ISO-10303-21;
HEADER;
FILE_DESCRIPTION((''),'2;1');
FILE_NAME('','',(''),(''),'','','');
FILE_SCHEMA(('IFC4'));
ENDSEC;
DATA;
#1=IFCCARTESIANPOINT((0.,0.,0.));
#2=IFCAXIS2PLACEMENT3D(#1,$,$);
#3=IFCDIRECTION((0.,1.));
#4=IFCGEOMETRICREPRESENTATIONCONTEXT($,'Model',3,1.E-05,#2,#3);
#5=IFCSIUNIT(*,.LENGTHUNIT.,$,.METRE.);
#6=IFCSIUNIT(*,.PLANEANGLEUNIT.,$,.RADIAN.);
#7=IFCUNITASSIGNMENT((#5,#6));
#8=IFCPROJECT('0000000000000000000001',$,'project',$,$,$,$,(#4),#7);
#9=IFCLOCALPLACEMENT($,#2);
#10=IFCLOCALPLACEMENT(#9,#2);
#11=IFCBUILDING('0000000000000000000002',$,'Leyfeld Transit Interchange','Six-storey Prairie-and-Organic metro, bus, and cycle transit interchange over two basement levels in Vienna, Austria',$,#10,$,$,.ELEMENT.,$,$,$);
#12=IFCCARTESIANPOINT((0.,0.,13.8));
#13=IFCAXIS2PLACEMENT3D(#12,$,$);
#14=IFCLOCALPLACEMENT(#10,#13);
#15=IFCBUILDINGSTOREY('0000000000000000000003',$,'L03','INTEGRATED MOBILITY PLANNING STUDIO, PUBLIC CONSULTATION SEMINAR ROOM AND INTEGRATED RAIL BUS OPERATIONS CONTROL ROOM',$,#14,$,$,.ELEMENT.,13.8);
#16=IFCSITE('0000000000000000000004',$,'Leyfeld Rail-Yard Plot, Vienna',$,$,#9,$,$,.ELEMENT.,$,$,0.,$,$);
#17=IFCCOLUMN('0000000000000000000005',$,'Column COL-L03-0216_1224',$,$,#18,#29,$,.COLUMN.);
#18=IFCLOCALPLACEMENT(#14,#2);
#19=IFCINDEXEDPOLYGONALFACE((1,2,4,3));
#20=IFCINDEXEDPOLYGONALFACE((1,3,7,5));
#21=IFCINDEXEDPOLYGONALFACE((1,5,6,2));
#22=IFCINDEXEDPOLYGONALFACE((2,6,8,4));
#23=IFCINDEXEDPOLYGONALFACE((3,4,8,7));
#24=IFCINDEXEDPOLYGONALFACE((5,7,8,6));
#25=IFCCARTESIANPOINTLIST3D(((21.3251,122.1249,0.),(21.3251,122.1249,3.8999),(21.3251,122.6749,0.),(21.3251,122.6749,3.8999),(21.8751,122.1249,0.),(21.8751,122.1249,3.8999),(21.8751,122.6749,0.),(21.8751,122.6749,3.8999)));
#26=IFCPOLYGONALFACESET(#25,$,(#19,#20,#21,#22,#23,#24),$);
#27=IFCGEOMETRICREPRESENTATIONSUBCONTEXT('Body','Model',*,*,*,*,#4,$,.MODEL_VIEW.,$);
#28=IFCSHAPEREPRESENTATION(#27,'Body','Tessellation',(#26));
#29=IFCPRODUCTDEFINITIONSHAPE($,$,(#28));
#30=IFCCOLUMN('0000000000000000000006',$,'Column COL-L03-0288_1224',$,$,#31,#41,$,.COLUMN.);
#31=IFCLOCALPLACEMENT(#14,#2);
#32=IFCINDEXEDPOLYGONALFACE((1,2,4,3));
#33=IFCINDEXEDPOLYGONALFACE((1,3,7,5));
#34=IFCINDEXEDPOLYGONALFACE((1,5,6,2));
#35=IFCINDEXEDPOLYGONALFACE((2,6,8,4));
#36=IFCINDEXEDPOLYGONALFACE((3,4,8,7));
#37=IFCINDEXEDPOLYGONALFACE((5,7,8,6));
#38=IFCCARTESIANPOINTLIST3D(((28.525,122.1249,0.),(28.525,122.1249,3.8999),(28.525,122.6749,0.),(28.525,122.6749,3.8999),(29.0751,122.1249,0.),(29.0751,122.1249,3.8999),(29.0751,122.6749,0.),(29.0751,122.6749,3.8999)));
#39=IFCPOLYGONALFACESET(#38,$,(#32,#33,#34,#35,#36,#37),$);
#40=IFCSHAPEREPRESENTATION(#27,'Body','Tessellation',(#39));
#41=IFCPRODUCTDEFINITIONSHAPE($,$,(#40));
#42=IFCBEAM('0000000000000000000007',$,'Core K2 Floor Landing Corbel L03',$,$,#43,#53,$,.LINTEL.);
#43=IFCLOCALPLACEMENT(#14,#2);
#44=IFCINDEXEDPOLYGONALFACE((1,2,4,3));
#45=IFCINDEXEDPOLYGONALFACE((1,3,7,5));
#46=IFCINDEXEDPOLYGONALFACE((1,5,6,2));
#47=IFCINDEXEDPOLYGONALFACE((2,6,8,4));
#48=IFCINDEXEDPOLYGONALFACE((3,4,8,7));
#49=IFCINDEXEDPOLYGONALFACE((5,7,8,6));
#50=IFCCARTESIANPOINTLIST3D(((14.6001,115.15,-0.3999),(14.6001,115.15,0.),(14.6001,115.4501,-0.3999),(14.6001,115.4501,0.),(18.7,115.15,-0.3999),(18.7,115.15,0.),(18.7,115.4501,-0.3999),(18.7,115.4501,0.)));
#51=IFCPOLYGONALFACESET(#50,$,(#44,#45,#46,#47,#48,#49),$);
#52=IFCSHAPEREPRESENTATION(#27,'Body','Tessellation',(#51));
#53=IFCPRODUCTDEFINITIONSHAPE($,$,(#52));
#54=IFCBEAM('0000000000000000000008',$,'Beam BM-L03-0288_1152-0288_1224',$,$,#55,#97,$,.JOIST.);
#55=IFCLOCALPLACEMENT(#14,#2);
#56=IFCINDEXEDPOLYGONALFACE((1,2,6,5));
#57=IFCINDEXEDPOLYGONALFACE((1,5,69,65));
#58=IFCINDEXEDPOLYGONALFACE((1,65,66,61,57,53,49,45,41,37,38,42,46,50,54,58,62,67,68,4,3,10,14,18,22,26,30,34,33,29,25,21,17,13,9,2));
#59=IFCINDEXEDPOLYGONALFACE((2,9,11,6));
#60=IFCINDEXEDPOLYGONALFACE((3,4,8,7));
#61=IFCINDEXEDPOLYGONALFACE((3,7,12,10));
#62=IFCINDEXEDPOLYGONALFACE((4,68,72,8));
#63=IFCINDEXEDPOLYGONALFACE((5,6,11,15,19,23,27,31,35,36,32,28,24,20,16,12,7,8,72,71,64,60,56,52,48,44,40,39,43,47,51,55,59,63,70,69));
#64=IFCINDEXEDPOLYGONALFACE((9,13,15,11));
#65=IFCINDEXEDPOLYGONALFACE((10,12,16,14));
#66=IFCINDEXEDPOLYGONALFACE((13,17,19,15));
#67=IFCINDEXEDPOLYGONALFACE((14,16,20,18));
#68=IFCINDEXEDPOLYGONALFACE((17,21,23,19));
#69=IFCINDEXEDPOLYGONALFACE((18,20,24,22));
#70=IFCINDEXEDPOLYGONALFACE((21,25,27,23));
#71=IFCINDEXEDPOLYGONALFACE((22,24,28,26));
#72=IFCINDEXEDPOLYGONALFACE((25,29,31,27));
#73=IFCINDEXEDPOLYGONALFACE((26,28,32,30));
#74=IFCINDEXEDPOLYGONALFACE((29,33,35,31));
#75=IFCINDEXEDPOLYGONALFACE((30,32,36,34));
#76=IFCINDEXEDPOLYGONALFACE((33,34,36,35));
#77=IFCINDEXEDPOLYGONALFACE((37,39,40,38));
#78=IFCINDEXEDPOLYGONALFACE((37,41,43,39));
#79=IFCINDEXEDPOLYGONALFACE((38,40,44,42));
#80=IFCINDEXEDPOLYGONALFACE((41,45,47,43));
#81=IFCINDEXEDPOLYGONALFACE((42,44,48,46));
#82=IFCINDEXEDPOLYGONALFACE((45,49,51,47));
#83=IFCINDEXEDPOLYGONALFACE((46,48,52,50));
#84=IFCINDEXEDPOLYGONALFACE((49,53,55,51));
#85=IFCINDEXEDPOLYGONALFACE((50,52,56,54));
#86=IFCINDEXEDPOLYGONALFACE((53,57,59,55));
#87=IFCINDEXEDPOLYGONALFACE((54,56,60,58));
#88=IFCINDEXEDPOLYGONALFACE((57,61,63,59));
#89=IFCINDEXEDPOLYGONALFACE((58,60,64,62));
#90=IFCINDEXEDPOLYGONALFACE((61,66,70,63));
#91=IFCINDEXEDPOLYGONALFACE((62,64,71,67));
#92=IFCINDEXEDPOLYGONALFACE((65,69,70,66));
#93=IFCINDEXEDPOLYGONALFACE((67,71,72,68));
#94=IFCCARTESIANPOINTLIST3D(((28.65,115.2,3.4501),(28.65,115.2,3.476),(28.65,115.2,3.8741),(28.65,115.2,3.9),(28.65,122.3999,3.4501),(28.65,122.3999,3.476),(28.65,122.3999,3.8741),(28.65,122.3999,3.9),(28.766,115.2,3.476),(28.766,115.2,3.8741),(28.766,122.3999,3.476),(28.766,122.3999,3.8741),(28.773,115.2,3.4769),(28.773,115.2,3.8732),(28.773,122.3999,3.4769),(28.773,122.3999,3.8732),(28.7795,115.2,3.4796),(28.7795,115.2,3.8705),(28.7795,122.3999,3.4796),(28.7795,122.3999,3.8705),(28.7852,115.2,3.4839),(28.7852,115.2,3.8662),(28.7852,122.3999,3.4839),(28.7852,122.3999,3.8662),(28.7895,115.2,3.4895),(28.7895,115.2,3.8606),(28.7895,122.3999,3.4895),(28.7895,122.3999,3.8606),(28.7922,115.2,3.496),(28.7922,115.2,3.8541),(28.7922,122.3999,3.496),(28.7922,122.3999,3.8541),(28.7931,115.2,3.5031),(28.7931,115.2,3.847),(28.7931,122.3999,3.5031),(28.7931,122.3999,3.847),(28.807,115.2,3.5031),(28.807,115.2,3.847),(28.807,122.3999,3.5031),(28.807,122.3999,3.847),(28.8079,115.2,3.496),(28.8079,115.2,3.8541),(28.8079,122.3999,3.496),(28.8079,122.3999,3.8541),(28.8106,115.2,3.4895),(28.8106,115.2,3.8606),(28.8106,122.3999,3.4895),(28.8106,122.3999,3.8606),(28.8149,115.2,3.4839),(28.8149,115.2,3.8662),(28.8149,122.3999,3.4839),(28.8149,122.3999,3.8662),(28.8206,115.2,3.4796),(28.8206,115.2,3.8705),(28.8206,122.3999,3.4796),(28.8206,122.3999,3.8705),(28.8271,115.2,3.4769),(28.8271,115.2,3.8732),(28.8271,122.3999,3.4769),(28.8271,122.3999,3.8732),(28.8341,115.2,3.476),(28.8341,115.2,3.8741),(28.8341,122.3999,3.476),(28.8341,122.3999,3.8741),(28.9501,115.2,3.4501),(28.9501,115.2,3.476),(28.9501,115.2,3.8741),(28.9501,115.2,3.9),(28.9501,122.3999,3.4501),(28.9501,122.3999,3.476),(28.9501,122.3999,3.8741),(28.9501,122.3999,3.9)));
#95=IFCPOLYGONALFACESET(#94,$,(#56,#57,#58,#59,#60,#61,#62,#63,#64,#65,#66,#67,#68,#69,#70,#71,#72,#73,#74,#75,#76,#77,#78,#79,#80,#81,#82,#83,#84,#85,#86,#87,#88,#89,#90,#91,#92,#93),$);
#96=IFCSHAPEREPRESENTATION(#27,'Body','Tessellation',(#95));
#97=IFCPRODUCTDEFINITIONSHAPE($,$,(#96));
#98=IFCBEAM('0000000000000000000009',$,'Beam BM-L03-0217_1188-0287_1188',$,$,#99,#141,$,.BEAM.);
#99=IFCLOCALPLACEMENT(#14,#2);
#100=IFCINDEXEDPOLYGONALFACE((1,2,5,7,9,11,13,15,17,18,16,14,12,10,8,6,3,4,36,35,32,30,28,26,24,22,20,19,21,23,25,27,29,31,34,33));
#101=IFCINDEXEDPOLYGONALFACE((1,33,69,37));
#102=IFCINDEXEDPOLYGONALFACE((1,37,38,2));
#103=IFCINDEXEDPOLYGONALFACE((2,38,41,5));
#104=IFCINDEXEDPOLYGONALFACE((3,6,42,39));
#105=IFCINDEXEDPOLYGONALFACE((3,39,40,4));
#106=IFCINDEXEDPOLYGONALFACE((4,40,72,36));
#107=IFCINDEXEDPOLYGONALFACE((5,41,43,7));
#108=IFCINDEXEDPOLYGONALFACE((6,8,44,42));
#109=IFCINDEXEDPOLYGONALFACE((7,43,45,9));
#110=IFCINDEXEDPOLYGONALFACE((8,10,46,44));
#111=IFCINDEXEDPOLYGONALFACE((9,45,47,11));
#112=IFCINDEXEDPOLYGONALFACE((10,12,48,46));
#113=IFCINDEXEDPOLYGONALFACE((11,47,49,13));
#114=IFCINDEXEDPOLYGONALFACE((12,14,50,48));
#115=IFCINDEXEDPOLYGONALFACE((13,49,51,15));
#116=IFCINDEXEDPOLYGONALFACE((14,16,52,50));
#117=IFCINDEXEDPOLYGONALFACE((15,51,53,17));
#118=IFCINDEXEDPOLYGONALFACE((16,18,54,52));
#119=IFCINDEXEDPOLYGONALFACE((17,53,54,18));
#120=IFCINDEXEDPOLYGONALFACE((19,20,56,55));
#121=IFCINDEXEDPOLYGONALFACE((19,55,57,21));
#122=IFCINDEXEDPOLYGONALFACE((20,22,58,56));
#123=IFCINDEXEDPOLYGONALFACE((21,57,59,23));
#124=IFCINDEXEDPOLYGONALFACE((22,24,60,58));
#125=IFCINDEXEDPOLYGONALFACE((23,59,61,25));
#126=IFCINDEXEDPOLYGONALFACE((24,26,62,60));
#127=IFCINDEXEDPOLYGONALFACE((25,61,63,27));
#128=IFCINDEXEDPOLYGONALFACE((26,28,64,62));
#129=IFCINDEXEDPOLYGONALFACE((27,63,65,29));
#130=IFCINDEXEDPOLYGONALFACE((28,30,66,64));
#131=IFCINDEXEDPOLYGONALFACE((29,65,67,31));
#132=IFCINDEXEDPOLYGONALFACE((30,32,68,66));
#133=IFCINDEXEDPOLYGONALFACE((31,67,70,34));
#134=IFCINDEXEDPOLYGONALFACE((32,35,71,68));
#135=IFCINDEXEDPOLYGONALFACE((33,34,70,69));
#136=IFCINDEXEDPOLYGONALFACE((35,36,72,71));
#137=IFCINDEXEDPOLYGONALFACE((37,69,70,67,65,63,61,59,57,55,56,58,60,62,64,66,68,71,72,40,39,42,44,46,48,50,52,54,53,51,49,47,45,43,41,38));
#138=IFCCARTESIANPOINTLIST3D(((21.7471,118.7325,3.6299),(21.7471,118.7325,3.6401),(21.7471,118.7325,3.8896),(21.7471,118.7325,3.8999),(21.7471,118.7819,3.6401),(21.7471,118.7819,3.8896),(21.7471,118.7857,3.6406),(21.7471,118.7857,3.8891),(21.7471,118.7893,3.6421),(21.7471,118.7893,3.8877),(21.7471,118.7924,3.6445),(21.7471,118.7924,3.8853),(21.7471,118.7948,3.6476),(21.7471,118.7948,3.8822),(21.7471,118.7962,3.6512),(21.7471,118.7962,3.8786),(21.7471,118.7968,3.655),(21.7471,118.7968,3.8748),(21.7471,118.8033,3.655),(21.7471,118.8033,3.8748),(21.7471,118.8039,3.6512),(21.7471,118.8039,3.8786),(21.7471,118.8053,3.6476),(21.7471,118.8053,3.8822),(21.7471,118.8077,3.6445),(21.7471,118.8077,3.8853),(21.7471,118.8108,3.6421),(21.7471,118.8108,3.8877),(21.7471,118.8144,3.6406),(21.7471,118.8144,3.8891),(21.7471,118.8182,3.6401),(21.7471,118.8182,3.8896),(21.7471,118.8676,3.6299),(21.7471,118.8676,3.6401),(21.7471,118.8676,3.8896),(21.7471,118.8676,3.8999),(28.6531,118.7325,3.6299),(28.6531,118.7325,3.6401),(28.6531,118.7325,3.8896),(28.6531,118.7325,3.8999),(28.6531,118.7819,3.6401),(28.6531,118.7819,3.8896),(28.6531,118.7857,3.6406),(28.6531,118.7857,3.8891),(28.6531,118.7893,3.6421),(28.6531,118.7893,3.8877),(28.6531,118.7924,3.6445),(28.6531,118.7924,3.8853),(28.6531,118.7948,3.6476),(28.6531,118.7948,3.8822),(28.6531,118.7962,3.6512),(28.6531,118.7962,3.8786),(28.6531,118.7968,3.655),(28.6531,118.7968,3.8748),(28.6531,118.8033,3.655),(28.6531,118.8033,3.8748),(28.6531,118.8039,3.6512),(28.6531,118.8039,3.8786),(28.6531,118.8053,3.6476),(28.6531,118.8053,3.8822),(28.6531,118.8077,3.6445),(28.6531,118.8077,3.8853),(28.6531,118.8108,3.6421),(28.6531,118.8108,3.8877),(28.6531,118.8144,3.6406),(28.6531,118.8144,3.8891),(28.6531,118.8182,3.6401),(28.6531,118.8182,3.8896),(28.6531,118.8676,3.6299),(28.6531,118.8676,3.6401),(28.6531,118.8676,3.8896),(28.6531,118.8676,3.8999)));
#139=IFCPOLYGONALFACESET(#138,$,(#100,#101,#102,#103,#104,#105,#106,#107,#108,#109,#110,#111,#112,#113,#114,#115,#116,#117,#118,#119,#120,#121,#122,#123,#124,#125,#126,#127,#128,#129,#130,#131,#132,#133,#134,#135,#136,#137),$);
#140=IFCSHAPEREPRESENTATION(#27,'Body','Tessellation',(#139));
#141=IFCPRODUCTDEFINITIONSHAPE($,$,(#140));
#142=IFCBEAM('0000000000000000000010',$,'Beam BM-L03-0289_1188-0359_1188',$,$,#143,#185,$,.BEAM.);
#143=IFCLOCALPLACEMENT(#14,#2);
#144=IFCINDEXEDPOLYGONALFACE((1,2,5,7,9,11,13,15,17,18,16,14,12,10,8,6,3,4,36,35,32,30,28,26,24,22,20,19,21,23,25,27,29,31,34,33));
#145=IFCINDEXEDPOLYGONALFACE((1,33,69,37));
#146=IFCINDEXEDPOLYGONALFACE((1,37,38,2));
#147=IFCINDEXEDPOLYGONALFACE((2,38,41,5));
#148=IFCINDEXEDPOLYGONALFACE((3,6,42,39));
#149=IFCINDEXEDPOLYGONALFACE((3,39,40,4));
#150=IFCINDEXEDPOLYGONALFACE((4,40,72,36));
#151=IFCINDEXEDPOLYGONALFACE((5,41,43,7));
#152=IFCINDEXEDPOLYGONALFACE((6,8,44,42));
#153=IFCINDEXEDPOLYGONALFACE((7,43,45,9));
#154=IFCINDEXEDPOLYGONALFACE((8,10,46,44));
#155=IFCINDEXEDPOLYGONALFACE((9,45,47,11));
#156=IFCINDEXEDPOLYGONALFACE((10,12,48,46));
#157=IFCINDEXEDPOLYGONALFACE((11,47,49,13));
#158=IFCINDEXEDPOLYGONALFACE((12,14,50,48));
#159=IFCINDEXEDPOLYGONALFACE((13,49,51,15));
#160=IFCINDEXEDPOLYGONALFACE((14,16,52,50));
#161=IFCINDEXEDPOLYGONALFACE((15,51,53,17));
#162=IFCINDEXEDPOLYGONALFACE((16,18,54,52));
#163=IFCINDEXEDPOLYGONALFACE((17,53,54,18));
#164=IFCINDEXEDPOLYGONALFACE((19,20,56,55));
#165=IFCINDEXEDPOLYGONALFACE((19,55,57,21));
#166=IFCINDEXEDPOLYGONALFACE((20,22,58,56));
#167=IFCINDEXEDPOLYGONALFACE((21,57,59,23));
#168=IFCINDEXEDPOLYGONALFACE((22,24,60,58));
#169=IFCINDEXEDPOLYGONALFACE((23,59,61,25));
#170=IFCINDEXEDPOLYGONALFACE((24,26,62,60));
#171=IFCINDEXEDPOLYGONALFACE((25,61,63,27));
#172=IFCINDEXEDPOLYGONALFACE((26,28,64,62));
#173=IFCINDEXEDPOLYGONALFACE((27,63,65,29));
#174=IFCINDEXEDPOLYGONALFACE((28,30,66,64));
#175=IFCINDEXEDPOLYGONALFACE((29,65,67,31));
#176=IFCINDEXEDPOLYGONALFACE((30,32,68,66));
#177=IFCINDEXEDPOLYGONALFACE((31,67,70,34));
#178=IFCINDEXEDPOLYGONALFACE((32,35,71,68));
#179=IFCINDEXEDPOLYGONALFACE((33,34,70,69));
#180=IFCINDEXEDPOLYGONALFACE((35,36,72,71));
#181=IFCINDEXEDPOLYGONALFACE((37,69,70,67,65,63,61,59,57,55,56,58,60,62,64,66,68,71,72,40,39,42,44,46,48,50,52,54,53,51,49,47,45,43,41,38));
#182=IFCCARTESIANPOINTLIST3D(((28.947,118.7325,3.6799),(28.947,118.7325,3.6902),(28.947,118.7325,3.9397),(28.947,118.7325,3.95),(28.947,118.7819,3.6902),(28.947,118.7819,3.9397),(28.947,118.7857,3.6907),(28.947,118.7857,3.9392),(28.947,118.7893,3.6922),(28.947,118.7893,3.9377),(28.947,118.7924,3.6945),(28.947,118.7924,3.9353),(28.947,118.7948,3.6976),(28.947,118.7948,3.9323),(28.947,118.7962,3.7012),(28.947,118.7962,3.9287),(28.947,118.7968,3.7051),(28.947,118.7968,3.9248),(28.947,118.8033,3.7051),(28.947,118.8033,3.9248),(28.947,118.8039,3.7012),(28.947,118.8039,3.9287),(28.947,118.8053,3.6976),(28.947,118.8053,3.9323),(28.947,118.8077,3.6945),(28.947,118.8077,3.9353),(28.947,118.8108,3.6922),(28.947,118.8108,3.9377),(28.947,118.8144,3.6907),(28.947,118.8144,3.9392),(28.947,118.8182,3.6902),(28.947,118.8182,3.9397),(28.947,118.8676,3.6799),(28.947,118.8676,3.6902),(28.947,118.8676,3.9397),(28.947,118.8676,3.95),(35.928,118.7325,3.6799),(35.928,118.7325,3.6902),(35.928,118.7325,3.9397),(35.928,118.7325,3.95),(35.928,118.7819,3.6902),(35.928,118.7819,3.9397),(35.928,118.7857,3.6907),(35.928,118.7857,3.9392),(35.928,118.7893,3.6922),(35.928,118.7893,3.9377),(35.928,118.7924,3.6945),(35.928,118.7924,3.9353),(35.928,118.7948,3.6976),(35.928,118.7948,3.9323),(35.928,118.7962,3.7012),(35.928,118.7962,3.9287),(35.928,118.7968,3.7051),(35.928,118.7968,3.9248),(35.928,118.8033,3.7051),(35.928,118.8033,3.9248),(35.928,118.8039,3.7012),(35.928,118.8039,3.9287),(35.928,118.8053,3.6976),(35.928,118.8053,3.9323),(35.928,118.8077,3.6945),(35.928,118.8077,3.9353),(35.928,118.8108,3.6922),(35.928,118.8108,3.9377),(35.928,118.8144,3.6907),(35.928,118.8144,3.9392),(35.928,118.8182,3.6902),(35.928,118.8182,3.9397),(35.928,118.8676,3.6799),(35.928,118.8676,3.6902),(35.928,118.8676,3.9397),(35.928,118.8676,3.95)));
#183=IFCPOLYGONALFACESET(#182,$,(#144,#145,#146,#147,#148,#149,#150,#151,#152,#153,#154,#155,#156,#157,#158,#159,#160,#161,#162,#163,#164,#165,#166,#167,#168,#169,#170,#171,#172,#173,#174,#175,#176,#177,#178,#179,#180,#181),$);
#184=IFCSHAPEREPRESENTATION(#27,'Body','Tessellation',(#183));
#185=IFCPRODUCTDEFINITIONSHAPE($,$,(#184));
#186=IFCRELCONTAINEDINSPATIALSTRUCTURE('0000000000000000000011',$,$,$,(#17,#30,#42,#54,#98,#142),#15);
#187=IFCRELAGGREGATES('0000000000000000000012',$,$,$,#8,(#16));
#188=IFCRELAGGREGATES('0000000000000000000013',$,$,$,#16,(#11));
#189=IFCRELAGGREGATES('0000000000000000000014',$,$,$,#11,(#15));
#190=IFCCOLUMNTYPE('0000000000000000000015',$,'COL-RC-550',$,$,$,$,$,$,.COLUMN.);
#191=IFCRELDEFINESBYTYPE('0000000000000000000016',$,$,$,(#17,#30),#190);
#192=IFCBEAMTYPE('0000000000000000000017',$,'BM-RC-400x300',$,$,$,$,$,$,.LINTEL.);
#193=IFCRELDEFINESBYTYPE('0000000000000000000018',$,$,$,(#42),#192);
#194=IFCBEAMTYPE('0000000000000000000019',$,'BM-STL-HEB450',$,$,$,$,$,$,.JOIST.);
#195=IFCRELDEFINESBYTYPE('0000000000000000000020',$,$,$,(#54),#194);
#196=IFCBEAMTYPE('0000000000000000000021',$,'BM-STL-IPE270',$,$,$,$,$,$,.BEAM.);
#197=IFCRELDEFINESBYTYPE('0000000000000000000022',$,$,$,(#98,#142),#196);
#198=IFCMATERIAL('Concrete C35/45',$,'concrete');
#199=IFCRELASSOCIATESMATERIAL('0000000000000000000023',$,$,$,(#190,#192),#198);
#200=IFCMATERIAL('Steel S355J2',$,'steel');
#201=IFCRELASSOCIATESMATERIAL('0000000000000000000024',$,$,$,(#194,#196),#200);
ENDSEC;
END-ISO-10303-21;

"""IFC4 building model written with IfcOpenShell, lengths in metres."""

from ifc_helpers import new_model, si_unit, direction, frame, origin, origin_2d, place, context, subcontext, project, spatial, rectangle, i_section, extrude, material, material_profile, profile_set, type_object, element, save


model = new_model("IFC4")

# Units and contexts
model_context = context("Model", 3, precision=1e-05, world=origin(), true_north=direction((0.0, 1.0)))
body_context = subcontext(model_context, "Body", "Model", "MODEL_VIEW")
ifc_project = project(units=[si_unit("LENGTHUNIT", "METRE"), si_unit("PLANEANGLEUNIT", "RADIAN")], contexts=[model_context])

# Site, building, storey
site_placement = place(None, origin())
site = spatial("IfcSite", under=ifc_project, at=site_placement, Name="Leyfeld Rail-Yard Plot, Vienna", CompositionType="ELEMENT", RefElevation=0.0)
building_placement = place(site_placement, origin())
building = spatial("IfcBuilding", under=site, at=building_placement, Name="Leyfeld Transit Interchange", Description="Six-storey Prairie-and-Organic metro, bus, and cycle transit interchange over two basement levels in Vienna, Austria", CompositionType="ELEMENT")
storey_placement = place(building_placement, frame((0.0, 0.0, 13.8)))
storey = spatial("IfcBuildingStorey", under=building, at=storey_placement, Name="L03", Description="INTEGRATED MOBILITY PLANNING STUDIO, PUBLIC CONSULTATION SEMINAR ROOM AND INTEGRATED RAIL BUS OPERATIONS CONTROL ROOM", CompositionType="ELEMENT", Elevation=13.8)

# Columns
ifc_material_1 = material(Name="Concrete C35/45", Category="concrete")
ifc_material_profile_1 = material_profile(ifc_material_1, rectangle(XDim=0.55, YDim=0.55, at=origin_2d()), Name="RC 550x550")
ifc_profile_set_1 = profile_set([ifc_material_profile_1], Name="Concrete C35/45")
column_type = type_object("IfcColumnType", Name="COL-RC-550", PredefinedType="COLUMN", material=ifc_profile_set_1)
for number, where, z_axis, x_axis, name in (
    (1, (21.6001, 122.3999, 0.0), (0.0, 0.0, 1.0), (1.0, 0.0, 0.0), "Column COL-L03-0216_1224"),
    (2, (28.8, 122.3999, 0.0), (0.0, 0.0, 1.0), (1.0, 0.0, 0.0), "Column COL-L03-0288_1224"),
):
    element("IfcColumn", number, at=place(storey_placement, frame(where, z_axis=z_axis, x_axis=x_axis)), inside=storey, type_object=column_type, Name=name, PredefinedType="COLUMN", context=body_context, shape_type="SweptSolid", body=[
        extrude(rectangle(XDim=0.55, YDim=0.55, at=origin_2d()), origin(), (0.0, 0.0, 1.0), 3.8999),
    ])

# Beams
ifc_material_profile_2 = material_profile(ifc_material_1, rectangle(XDim=0.3, YDim=0.3999, at=origin_2d()), Name="RC 400x300")
ifc_profile_set_2 = profile_set([ifc_material_profile_2], Name="Concrete C35/45")
beam_type_1 = type_object("IfcBeamType", Name="BM-RC-400x300", PredefinedType="LINTEL", material=ifc_profile_set_2)
beam_1_placement = place(storey_placement, frame((14.6001, 115.3, -0.2), z_axis=(1.0, 0.0, 0.0), x_axis=(0.0, 1.0, 0.0)))
element("IfcBeam", 3, at=beam_1_placement, inside=storey, type_object=beam_type_1, Name="Core K2 Floor Landing Corbel L03", PredefinedType="LINTEL", context=body_context, shape_type="SweptSolid", body=[
    extrude(rectangle(XDim=0.3, YDim=0.3999, at=origin_2d()), origin(), (0.0, 0.0, 1.0), 4.0999),
])
ifc_material_2 = material(Name="Steel S355J2", Category="steel")
ifc_material_profile_3 = material_profile(ifc_material_2, i_section(OverallWidth=0.3, OverallDepth=0.45, WebThickness=0.0139, FlangeThickness=0.0259, FilletRadius=0.0271, at=origin_2d()), Name="HEB 450")
ifc_profile_set_3 = profile_set([ifc_material_profile_3], Name="Steel S355J2")
beam_type_2 = type_object("IfcBeamType", Name="BM-STL-HEB450", PredefinedType="JOIST", material=ifc_profile_set_3)
beam_2_placement = place(storey_placement, frame((28.8, 115.2, 3.675), z_axis=(0.0, 1.0, 0.0), x_axis=(-1.0, 0.0, 0.0)))
element("IfcBeam", 4, at=beam_2_placement, inside=storey, type_object=beam_type_2, Name="Beam BM-L03-0288_1152-0288_1224", PredefinedType="JOIST", context=body_context, shape_type="SweptSolid", body=[
    extrude(i_section(OverallWidth=0.3, OverallDepth=0.45, WebThickness=0.0139, FlangeThickness=0.0259, FilletRadius=0.0271, at=origin_2d()), origin(), (0.0, 0.0, 1.0), 7.2),
])
ifc_material_profile_4 = material_profile(ifc_material_2, i_section(OverallWidth=0.135, OverallDepth=0.27, WebThickness=0.0066, FlangeThickness=0.0103, FilletRadius=0.0149, at=origin_2d()), Name="IPE 270")
ifc_profile_set_4 = profile_set([ifc_material_profile_4], Name="Steel S355J2")
beam_type_3 = type_object("IfcBeamType", Name="BM-STL-IPE270", PredefinedType="BEAM", material=ifc_profile_set_4)
beam_3_placement = place(storey_placement, frame((21.7471, 118.8, 3.7649), z_axis=(1.0, 0.0, 0.0), x_axis=(0.0, 1.0, 0.0)))
element("IfcBeam", 5, at=beam_3_placement, inside=storey, type_object=beam_type_3, Name="Beam BM-L03-0217_1188-0287_1188", PredefinedType="BEAM", context=body_context, shape_type="SweptSolid", body=[
    extrude(i_section(OverallWidth=0.135, OverallDepth=0.27, WebThickness=0.0066, FlangeThickness=0.0103, FilletRadius=0.0149, at=origin_2d()), origin(), (0.0, 0.0, 1.0), 6.906),
])
beam_4_placement = place(storey_placement, frame((28.947, 118.8, 3.8149), z_axis=(1.0, 0.0, 0.0), x_axis=(0.0, 1.0, 0.0)))
element("IfcBeam", 6, at=beam_4_placement, inside=storey, type_object=beam_type_3, Name="Beam BM-L03-0289_1188-0359_1188", PredefinedType="BEAM", context=body_context, shape_type="SweptSolid", body=[
    extrude(i_section(OverallWidth=0.135, OverallDepth=0.27, WebThickness=0.0066, FlangeThickness=0.0103, FilletRadius=0.0149, at=origin_2d()), origin(), (0.0, 0.0, 1.0), 6.981),
])

save(model, "model.ifc")
